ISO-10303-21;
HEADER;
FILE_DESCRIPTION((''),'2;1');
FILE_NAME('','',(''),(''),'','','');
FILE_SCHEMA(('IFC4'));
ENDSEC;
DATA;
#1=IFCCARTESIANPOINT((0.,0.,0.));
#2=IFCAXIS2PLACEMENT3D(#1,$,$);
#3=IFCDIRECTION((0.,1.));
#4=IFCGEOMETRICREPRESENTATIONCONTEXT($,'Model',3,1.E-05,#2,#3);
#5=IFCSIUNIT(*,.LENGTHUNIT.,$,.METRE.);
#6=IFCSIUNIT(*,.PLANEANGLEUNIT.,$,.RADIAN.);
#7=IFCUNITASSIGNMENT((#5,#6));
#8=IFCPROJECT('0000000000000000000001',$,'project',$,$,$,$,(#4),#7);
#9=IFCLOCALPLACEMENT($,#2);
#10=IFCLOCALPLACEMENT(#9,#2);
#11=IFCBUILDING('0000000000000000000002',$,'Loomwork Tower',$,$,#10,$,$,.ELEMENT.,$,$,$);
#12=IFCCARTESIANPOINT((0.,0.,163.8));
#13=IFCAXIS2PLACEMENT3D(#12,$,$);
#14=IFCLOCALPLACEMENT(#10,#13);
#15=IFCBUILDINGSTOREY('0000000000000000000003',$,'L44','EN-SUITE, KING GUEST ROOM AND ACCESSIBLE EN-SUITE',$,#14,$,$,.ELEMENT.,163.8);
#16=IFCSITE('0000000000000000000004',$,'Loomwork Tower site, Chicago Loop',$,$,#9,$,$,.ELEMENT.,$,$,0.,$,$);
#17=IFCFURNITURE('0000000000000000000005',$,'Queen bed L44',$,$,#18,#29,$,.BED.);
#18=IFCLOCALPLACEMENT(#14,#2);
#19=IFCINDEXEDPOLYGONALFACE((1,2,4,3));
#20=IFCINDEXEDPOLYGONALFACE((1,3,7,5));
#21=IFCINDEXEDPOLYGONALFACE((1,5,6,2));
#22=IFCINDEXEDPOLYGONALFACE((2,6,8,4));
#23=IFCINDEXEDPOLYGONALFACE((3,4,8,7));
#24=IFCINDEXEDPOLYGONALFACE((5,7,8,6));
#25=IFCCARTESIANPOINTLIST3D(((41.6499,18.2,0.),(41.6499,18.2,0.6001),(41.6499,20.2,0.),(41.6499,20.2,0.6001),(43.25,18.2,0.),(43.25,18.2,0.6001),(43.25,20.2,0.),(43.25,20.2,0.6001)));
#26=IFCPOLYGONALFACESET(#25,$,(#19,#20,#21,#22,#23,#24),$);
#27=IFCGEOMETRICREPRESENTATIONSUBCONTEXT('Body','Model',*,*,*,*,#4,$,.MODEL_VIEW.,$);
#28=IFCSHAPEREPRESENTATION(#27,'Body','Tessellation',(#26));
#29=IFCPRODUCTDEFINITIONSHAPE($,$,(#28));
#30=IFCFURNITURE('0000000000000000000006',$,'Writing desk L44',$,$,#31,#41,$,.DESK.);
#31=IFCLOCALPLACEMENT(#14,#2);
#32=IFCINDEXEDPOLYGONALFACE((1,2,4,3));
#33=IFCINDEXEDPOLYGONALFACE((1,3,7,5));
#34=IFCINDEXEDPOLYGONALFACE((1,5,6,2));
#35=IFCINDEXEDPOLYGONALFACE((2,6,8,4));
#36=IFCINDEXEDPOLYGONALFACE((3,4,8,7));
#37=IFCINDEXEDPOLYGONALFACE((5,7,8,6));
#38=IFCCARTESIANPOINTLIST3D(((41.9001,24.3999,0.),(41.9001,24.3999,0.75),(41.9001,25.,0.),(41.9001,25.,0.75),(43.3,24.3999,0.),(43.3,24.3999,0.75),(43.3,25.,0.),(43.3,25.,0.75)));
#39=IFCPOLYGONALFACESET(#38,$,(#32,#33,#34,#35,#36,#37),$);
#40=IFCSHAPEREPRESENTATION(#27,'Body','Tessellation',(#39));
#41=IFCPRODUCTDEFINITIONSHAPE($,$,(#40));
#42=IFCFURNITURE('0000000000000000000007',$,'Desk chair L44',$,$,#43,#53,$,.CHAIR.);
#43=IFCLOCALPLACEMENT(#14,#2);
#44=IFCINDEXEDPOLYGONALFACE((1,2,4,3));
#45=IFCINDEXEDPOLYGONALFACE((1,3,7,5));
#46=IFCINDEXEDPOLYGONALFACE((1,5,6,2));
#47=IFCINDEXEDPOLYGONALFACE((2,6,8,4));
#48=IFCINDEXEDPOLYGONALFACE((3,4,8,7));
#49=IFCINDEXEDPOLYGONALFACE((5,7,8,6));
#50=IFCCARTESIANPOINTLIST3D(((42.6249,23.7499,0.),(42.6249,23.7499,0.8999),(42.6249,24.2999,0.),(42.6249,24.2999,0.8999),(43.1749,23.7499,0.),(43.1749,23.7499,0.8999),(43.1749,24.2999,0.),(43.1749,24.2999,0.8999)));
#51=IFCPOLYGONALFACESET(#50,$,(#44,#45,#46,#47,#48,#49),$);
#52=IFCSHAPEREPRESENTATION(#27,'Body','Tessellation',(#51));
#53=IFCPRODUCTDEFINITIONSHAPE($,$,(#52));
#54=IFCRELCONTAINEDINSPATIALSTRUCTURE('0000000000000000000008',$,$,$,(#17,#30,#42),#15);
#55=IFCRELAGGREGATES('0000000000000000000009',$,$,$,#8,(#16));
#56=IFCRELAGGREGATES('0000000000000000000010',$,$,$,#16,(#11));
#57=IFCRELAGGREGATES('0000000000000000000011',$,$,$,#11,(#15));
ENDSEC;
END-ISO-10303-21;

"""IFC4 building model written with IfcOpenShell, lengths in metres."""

from ifc_helpers import new_model, si_unit, direction, frame, origin, origin_2d, place, context, subcontext, project, spatial, rectangle, extrude, element, save


model = new_model("IFC4")

# Units and contexts
model_context = context("Model", 3, precision=1e-05, world=origin(), true_north=direction((0.0, 1.0)))
body_context = subcontext(model_context, "Body", "Model", "MODEL_VIEW")
ifc_project = project(units=[si_unit("LENGTHUNIT", "METRE"), si_unit("PLANEANGLEUNIT", "RADIAN")], contexts=[model_context])

# Site, building, storey
site_placement = place(None, origin())
site = spatial("IfcSite", under=ifc_project, at=site_placement, Name="Loomwork Tower site, Chicago Loop", CompositionType="ELEMENT", RefElevation=0.0)
building_placement = place(site_placement, origin())
building = spatial("IfcBuilding", under=site, at=building_placement, Name="Loomwork Tower", CompositionType="ELEMENT")
storey_placement = place(building_placement, frame((0.0, 0.0, 163.8)))
storey = spatial("IfcBuildingStorey", under=building, at=storey_placement, Name="L44", Description="EN-SUITE, KING GUEST ROOM AND ACCESSIBLE EN-SUITE", CompositionType="ELEMENT", Elevation=163.8)

# Furniture
for number, where, z_axis, x_axis, name in (
    (1, (42.45, 19.2, 0.0), (0.0, 0.0, 1.0), (1.0, 0.0, 0.0), "Queen bed L44"),
):
    element("IfcFurniture", number, at=place(storey_placement, frame(where, z_axis=z_axis, x_axis=x_axis)), inside=storey, Name=name, PredefinedType="BED", context=body_context, shape_type="SweptSolid", body=[
        extrude(rectangle(XDim=1.6001, YDim=2.0, at=origin_2d()), origin(), (0.0, 0.0, 1.0), 0.6001),
    ])
furniture_1_placement = place(storey_placement, frame((42.6001, 24.7, 0.0), z_axis=(0.0, 0.0, 1.0), x_axis=(1.0, 0.0, 0.0)))
element("IfcFurniture", 2, at=furniture_1_placement, inside=storey, Name="Writing desk L44", PredefinedType="DESK", context=body_context, shape_type="SweptSolid", body=[
    extrude(rectangle(XDim=1.3999, YDim=0.6001, at=origin_2d()), origin(), (0.0, 0.0, 1.0), 0.75),
])
furniture_2_placement = place(storey_placement, frame((42.8999, 24.0249, 0.0), z_axis=(0.0, 0.0, 1.0), x_axis=(1.0, 0.0, 0.0)))
element("IfcFurniture", 3, at=furniture_2_placement, inside=storey, Name="Desk chair L44", PredefinedType="CHAIR", context=body_context, shape_type="SweptSolid", body=[
    extrude(rectangle(XDim=0.55, YDim=0.55, at=origin_2d()), origin(), (0.0, 0.0, 1.0), 0.8999),
])

save(model, "model.ifc")
